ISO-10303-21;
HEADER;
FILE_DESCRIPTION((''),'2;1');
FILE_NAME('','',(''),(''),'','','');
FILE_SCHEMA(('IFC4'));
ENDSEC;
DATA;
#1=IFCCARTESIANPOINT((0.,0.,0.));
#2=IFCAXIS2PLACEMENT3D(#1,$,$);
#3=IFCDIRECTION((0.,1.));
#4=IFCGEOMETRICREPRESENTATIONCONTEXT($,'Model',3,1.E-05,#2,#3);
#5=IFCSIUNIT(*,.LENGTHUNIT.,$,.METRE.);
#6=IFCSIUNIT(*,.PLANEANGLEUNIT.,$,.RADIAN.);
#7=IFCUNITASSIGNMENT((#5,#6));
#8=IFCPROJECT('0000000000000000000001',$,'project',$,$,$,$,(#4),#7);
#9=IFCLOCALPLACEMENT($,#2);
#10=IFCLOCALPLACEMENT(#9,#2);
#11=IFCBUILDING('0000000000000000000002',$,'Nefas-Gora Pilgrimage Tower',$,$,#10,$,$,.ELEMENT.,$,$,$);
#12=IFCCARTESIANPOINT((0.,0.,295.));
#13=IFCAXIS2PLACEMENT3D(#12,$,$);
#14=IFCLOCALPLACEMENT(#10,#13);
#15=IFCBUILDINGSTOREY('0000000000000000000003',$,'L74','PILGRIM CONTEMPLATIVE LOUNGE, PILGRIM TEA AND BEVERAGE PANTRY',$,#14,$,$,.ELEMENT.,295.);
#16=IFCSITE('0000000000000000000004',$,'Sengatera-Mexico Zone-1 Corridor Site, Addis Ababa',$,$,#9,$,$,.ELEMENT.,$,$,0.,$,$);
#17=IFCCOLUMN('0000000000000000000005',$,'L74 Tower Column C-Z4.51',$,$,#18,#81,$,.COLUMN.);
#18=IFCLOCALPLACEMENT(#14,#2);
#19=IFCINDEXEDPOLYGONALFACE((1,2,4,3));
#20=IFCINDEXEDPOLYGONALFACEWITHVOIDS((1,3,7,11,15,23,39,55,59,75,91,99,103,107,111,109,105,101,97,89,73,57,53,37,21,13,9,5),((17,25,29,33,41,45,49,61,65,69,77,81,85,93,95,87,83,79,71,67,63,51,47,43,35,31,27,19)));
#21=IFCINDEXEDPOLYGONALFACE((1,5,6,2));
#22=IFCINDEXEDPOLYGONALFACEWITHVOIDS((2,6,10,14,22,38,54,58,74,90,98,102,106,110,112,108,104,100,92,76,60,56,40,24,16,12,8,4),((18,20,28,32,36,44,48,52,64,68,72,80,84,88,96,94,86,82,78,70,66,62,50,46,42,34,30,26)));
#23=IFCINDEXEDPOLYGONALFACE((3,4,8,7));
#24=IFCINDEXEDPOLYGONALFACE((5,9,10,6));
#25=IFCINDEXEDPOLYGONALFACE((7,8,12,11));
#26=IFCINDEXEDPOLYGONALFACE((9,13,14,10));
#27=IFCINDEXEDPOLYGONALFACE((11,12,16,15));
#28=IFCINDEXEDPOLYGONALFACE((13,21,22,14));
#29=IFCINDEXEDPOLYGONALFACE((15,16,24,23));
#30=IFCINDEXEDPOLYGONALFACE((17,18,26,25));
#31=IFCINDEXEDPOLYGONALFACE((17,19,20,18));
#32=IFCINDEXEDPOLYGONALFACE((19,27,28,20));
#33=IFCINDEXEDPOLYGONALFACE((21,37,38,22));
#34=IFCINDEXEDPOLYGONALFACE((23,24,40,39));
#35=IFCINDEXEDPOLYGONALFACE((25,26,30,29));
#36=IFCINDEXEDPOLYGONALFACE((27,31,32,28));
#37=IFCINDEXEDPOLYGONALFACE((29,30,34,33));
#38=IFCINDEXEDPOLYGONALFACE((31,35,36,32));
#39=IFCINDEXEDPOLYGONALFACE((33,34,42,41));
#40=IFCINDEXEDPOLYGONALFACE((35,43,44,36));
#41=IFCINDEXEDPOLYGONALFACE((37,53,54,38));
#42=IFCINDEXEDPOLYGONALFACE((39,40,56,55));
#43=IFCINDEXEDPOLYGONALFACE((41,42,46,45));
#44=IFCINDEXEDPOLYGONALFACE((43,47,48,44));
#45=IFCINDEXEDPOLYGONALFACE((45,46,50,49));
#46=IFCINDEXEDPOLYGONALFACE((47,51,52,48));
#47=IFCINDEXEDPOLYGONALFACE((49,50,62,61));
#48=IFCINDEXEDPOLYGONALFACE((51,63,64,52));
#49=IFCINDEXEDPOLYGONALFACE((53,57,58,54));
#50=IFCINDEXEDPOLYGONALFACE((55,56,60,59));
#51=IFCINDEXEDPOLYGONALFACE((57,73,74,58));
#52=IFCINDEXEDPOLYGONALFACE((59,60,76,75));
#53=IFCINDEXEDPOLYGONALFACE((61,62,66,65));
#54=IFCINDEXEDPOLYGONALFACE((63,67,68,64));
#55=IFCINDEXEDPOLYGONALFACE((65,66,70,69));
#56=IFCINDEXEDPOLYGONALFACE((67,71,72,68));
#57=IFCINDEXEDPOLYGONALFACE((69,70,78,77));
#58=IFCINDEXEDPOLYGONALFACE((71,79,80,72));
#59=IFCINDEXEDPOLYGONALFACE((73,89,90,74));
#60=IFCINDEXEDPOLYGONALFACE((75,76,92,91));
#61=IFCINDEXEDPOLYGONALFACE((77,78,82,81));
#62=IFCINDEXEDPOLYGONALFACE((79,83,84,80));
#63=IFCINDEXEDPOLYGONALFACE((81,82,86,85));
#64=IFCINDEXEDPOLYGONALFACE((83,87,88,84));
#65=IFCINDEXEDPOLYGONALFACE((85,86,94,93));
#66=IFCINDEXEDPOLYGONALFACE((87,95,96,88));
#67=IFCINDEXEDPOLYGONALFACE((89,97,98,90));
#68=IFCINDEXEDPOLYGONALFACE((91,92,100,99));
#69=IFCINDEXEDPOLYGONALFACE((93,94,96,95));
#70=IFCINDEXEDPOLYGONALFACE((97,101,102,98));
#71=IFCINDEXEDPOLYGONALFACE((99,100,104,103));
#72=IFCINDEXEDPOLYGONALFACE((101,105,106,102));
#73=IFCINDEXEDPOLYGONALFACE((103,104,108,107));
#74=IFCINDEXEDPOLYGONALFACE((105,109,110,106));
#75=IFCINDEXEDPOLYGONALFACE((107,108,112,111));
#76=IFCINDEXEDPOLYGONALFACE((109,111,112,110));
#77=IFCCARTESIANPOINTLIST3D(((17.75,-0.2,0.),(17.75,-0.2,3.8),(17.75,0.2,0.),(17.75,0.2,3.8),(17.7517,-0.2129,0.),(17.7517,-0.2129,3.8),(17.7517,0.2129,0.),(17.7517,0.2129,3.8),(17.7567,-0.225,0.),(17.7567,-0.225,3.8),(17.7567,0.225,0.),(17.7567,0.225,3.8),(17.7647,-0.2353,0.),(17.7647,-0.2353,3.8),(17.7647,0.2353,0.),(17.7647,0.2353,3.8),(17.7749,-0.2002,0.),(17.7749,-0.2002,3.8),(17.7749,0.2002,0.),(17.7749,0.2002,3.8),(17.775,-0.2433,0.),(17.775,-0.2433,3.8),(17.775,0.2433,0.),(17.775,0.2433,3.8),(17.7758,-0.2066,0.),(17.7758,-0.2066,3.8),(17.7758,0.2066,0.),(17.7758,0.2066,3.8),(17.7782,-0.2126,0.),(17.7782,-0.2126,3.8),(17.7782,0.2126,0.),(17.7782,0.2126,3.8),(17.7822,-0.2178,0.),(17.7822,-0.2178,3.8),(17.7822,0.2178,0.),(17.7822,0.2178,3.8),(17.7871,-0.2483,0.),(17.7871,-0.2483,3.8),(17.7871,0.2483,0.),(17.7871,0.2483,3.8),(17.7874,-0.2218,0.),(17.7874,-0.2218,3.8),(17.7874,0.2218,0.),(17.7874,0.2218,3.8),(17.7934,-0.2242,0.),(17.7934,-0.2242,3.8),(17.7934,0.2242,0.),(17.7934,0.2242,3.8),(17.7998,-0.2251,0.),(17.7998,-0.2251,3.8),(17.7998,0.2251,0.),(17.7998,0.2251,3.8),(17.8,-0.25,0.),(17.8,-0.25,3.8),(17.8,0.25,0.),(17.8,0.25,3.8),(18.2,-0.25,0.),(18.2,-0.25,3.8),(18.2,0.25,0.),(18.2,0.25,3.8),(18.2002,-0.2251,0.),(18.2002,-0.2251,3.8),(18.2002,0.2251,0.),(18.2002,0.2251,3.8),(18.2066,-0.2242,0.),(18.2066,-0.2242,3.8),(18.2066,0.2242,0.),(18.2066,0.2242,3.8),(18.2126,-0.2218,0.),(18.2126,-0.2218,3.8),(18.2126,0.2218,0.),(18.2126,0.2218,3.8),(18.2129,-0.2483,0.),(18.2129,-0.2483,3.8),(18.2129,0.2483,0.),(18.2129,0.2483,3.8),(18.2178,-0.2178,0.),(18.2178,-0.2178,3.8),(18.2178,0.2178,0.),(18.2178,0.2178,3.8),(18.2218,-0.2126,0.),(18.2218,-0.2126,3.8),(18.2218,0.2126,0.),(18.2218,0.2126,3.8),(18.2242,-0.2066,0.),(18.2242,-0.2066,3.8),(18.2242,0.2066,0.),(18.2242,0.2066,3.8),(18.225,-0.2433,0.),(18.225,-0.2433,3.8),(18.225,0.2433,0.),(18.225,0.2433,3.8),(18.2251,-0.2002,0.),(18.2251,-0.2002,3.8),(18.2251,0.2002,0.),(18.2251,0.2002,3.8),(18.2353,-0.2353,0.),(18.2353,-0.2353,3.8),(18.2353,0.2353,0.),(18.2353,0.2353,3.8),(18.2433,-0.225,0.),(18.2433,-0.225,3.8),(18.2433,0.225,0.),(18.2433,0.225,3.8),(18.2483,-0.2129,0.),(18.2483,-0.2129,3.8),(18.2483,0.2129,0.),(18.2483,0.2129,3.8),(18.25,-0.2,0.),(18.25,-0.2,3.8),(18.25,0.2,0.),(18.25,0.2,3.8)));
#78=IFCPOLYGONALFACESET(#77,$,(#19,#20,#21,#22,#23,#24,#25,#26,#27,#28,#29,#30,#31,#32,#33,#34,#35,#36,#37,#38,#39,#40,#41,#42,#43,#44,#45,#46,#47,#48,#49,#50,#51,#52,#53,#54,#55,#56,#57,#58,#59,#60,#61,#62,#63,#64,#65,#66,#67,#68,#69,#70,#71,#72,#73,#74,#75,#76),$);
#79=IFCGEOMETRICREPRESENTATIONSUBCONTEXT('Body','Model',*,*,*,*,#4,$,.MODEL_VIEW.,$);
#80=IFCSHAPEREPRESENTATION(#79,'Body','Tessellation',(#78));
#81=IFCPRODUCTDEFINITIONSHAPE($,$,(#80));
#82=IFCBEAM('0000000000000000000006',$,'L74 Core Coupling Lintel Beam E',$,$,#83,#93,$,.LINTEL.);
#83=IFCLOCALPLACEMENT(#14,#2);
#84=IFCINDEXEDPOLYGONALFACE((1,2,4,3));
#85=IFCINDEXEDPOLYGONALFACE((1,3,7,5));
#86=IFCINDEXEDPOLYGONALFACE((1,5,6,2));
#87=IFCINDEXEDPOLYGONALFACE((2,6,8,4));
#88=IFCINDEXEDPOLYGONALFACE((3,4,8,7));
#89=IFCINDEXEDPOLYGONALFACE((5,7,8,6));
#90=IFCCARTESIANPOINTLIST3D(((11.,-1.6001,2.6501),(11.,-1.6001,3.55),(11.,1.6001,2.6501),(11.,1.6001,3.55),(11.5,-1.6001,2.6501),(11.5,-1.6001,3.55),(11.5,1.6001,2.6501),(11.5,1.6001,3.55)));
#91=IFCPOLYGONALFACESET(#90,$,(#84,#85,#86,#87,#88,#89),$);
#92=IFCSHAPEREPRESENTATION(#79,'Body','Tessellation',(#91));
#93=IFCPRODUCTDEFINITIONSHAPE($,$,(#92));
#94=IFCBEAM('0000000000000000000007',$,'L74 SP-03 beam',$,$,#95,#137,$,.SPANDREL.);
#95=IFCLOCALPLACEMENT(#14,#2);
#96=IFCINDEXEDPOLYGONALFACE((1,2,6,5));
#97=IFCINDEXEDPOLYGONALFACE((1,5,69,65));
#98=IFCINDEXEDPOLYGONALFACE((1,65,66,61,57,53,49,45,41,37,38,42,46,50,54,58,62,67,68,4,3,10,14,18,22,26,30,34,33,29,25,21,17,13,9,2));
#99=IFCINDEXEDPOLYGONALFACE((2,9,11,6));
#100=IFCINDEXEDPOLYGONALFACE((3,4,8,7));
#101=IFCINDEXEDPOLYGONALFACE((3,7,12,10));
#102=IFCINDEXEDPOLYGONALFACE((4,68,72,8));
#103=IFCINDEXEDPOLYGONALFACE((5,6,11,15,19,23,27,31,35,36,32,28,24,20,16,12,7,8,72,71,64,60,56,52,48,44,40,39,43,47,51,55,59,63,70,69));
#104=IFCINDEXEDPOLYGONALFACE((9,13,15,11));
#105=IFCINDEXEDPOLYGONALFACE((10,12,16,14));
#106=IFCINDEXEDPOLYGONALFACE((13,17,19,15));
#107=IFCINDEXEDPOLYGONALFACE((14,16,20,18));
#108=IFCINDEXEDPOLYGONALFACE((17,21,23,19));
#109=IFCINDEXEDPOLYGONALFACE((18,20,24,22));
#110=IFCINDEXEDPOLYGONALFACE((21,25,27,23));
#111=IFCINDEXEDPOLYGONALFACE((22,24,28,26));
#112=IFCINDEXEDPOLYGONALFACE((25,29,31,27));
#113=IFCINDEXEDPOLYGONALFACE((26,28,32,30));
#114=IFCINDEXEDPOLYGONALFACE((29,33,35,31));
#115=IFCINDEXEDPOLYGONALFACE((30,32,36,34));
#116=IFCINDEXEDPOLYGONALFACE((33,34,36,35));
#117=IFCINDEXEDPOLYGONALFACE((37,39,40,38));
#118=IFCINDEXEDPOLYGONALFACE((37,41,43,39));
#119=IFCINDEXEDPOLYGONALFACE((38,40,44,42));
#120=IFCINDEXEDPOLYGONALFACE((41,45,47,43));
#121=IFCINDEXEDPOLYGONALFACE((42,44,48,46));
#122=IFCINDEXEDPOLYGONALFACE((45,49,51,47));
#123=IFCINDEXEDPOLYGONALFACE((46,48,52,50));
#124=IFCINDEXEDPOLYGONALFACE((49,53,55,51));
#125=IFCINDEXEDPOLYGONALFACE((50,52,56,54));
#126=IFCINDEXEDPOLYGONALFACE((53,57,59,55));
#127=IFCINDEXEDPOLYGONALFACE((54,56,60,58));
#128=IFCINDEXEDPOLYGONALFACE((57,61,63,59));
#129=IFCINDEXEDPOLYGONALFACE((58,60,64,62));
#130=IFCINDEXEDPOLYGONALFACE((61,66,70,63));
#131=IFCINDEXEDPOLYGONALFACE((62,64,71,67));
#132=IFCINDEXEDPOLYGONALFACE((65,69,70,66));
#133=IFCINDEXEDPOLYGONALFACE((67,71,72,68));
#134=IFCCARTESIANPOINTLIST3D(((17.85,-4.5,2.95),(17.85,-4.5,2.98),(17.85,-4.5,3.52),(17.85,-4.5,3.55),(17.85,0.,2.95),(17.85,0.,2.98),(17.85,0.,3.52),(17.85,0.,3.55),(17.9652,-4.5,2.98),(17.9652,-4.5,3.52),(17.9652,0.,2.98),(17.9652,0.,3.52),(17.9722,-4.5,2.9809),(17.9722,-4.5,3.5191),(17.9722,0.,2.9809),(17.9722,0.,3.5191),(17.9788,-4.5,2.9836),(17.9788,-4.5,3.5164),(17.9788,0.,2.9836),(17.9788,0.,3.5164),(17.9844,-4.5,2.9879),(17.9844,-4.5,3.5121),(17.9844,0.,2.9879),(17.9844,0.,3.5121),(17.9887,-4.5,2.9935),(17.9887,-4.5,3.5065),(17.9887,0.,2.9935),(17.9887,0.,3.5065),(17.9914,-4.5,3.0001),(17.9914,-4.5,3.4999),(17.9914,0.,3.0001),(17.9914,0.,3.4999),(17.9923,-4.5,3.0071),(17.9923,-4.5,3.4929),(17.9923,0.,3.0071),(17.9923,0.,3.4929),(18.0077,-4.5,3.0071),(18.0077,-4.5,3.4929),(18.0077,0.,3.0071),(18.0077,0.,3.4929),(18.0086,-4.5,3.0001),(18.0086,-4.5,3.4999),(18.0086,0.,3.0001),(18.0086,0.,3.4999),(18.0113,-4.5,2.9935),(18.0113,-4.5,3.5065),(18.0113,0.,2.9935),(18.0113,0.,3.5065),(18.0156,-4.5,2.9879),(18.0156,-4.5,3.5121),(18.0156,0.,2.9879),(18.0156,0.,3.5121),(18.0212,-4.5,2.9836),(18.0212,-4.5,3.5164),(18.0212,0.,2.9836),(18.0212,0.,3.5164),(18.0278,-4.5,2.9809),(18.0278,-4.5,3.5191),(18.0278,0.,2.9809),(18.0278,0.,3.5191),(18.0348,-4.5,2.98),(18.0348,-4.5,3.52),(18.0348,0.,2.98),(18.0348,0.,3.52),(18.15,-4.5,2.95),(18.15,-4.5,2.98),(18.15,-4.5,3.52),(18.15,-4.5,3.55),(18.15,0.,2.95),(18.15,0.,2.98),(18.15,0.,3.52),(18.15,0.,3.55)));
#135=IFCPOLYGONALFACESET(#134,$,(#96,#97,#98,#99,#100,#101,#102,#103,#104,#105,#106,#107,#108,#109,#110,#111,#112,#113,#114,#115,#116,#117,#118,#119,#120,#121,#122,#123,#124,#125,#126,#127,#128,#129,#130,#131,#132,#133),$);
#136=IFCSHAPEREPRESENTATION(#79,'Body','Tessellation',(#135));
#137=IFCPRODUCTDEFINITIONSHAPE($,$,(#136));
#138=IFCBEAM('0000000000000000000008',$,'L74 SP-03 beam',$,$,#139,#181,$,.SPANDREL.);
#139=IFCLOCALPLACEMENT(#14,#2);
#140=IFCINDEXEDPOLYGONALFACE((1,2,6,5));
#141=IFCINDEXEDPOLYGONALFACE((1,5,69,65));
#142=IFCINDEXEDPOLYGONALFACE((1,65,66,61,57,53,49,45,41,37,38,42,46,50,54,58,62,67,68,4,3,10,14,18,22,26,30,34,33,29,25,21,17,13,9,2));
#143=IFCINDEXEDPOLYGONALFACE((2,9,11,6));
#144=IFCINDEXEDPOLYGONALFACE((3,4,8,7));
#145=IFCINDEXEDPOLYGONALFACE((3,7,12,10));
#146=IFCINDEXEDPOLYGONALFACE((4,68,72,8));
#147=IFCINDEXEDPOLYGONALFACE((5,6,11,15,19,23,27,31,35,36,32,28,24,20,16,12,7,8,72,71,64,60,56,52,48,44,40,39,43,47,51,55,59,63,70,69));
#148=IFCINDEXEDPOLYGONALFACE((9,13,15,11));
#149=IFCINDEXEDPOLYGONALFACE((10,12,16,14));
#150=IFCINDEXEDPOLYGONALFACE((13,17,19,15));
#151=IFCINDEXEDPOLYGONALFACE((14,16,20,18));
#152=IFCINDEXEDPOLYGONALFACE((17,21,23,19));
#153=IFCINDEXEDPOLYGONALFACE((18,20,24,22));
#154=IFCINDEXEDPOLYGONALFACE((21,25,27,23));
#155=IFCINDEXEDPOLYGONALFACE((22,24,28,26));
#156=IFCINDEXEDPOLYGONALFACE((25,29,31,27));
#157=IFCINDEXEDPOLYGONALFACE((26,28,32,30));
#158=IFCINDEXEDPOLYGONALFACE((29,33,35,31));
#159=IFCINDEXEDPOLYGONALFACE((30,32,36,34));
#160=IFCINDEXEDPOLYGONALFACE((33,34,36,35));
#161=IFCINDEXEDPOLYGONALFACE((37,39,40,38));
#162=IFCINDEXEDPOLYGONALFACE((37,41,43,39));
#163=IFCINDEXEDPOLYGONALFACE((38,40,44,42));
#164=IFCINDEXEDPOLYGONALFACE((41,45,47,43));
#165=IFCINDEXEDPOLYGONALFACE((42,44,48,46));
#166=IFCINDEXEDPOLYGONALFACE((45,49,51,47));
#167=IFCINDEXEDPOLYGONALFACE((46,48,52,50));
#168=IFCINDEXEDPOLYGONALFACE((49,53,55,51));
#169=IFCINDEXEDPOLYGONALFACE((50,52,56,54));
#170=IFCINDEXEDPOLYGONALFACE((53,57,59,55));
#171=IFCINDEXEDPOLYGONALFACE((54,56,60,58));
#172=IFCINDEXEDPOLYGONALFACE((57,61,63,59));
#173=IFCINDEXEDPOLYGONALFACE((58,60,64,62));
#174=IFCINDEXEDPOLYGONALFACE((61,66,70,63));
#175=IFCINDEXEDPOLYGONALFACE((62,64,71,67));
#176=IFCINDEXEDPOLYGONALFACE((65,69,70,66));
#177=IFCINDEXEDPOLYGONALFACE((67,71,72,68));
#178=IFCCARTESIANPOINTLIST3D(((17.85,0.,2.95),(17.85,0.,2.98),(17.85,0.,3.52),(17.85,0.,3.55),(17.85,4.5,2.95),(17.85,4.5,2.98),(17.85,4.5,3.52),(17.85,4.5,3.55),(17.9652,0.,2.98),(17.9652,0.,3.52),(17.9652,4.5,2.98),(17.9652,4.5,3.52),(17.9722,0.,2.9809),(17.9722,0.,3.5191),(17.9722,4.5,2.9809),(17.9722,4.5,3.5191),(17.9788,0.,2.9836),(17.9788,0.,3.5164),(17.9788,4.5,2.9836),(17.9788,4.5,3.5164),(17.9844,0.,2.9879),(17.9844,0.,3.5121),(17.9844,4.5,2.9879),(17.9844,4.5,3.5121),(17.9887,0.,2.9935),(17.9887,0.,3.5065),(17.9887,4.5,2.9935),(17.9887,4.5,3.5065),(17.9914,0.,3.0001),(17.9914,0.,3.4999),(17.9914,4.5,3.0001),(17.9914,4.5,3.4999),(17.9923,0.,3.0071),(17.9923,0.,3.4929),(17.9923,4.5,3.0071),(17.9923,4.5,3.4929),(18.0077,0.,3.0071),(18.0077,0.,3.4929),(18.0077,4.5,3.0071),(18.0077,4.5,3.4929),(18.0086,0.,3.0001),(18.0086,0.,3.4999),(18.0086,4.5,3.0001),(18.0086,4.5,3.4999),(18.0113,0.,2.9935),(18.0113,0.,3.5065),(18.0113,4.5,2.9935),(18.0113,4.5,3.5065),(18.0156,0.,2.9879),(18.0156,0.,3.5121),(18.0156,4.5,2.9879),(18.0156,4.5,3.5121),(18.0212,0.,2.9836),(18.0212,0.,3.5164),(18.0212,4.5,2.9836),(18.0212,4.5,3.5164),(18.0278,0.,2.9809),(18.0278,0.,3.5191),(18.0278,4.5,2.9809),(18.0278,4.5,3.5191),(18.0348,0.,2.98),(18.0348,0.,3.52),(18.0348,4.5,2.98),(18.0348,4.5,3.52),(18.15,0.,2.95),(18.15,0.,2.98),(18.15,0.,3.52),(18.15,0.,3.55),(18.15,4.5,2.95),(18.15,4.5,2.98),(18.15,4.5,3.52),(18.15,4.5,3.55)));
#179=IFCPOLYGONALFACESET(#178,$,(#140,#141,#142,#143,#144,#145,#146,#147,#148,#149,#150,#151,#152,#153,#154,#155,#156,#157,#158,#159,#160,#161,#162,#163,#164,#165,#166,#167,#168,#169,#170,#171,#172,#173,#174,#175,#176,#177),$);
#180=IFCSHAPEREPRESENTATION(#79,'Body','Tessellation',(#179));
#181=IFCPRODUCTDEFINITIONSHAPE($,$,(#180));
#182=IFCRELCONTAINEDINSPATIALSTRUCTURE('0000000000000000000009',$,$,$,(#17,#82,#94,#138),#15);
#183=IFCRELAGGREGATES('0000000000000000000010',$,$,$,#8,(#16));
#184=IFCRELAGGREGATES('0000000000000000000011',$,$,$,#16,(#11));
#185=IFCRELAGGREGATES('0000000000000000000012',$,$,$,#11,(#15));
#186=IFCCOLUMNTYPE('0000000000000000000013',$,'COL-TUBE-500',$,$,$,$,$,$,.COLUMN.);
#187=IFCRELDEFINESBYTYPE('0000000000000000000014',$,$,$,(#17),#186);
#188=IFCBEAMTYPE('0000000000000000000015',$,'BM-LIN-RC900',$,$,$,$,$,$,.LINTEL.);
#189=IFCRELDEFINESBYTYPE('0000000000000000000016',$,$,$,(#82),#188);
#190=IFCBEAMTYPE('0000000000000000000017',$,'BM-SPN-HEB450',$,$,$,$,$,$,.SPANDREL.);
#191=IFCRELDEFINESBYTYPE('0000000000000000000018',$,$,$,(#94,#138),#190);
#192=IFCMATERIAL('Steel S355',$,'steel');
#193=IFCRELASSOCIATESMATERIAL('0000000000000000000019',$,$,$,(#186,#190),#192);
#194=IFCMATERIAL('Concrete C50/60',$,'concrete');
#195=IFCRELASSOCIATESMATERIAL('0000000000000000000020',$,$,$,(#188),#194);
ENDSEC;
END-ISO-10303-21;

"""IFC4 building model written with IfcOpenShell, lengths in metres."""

from ifc_helpers import new_model, si_unit, direction, frame, origin, origin_2d, place, context, subcontext, project, spatial, rectangle, hollow_rectangle, i_section, extrude, source, transform, mapped, material, material_profile, profile_set, type_object, element, save


model = new_model("IFC4")

# Units and contexts
model_context = context("Model", 3, precision=1e-05, world=origin(), true_north=direction((0.0, 1.0)))
body_context = subcontext(model_context, "Body", "Model", "MODEL_VIEW")
ifc_project = project(units=[si_unit("LENGTHUNIT", "METRE"), si_unit("PLANEANGLEUNIT", "RADIAN")], contexts=[model_context])

# Site, building, storey
site_placement = place(None, origin())
site = spatial("IfcSite", under=ifc_project, at=site_placement, Name="Sengatera-Mexico Zone-1 Corridor Site, Addis Ababa", CompositionType="ELEMENT", RefElevation=0.0)
building_placement = place(site_placement, origin())
building = spatial("IfcBuilding", under=site, at=building_placement, Name="Nefas-Gora Pilgrimage Tower", CompositionType="ELEMENT")
storey_placement = place(building_placement, frame((0.0, 0.0, 295.0)))
storey = spatial("IfcBuildingStorey", under=building, at=storey_placement, Name="L74", Description="PILGRIM CONTEMPLATIVE LOUNGE, PILGRIM TEA AND BEVERAGE PANTRY", CompositionType="ELEMENT", Elevation=295.0)

# Column
ifc_material_1 = material(Name="Steel S355", Category="steel")
ifc_material_profile_1 = material_profile(ifc_material_1, hollow_rectangle(XDim=0.5, YDim=0.5, WallThickness=0.0249, InnerFilletRadius=0.0249, OuterFilletRadius=0.05, at=origin_2d()), Name="SHS 500x500x25")
ifc_profile_set_1 = profile_set([ifc_material_profile_1], Name="Steel S355")
column_type_1 = type_object("IfcColumnType", Name="COL-TUBE-500", PredefinedType="COLUMN", material=ifc_profile_set_1)
shared_shape_1 = source(origin(), body_context, "Body", "SweptSolid", [
    extrude(hollow_rectangle(XDim=0.5, YDim=0.5, WallThickness=0.0249, InnerFilletRadius=0.0249, OuterFilletRadius=0.05, at=origin_2d()), origin(), (0.0, 0.0, 1.0), 3.8),
])
for number, where, z_axis, x_axis, name in (
    (1, (18.0, 0.0, 0.0), (0.0, 0.0, 1.0), (1.0, 0.0, 0.0), "L74 Tower Column C-Z4.51"),
):
    element("IfcColumn", number, at=place(storey_placement, frame(where, z_axis=z_axis, x_axis=x_axis)), inside=storey, type_object=column_type_1, Name=name, PredefinedType="COLUMN", context=body_context, shape_type="MappedRepresentation", body=[
        mapped(shared_shape_1, transform((0.0, 0.0, 0.0), x_axis=(1.0, 0.0, 0.0), y_axis=(0.0, 1.0, 0.0), z_axis=(0.0, 0.0, 1.0), scale=1.0)),
    ])

# Beams
ifc_material_2 = material(Name="Concrete C50/60", Category="concrete")
ifc_material_profile_2 = material_profile(ifc_material_2, rectangle(XDim=0.5, YDim=0.8999, at=origin_2d()), Name="RC 500x900")
ifc_profile_set_2 = profile_set([ifc_material_profile_2], Name="Concrete C50/60")
beam_type_1 = type_object("IfcBeamType", Name="BM-LIN-RC900", PredefinedType="LINTEL", material=ifc_profile_set_2)
shared_shape_2 = source(origin(), body_context, "Body", "SweptSolid", [
    extrude(rectangle(XDim=0.5, YDim=0.8999, at=origin_2d()), origin(), (0.0, 0.0, 1.0), 3.2002),
])
beam_placement = place(storey_placement, frame((11.25, -1.6001, 3.1001), z_axis=(0.0, 1.0, 0.0), x_axis=(-1.0, 0.0, 0.0)))
element("IfcBeam", 2, at=beam_placement, inside=storey, type_object=beam_type_1, Name="L74 Core Coupling Lintel Beam E", PredefinedType="LINTEL", context=body_context, shape_type="MappedRepresentation", body=[
    mapped(shared_shape_2, transform((0.0, 0.0, 0.0), x_axis=(1.0, 0.0, 0.0), y_axis=(0.0, 1.0, 0.0), z_axis=(0.0, 0.0, 1.0), scale=1.0)),
])
ifc_material_profile_3 = material_profile(ifc_material_1, i_section(OverallWidth=0.3, OverallDepth=0.6001, WebThickness=0.0154, FlangeThickness=0.03, FilletRadius=0.0271, at=origin_2d()), Name="HEB 600")
ifc_profile_set_3 = profile_set([ifc_material_profile_3], Name="Steel S355")
beam_type_2 = type_object("IfcBeamType", Name="BM-SPN-HEB450", PredefinedType="SPANDREL", material=ifc_profile_set_3)
shared_shape_3 = source(origin(), body_context, "Body", "SweptSolid", [
    extrude(i_section(OverallWidth=0.3, OverallDepth=0.6001, WebThickness=0.0154, FlangeThickness=0.03, FilletRadius=0.0271, at=origin_2d()), origin(), (0.0, 0.0, 1.0), 4.5),
])
for number, where, z_axis, x_axis, name in (
    (3, (18.0, -4.5, 3.25), (0.0, 1.0, 0.0), (-1.0, 0.0, 0.0), "L74 SP-03 beam"),
    (4, (18.0, 0.0, 3.25), (0.0, 1.0, 0.0), (-1.0, 0.0, 0.0), "L74 SP-03 beam"),
):
    element("IfcBeam", number, at=place(storey_placement, frame(where, z_axis=z_axis, x_axis=x_axis)), inside=storey, type_object=beam_type_2, Name=name, PredefinedType="SPANDREL", context=body_context, shape_type="MappedRepresentation", body=[
        mapped(shared_shape_3, transform((0.0, 0.0, 0.0), x_axis=(1.0, 0.0, 0.0), y_axis=(0.0, 1.0, 0.0), z_axis=(0.0, 0.0, 1.0), scale=1.0)),
    ])

save(model, "model.ifc")
